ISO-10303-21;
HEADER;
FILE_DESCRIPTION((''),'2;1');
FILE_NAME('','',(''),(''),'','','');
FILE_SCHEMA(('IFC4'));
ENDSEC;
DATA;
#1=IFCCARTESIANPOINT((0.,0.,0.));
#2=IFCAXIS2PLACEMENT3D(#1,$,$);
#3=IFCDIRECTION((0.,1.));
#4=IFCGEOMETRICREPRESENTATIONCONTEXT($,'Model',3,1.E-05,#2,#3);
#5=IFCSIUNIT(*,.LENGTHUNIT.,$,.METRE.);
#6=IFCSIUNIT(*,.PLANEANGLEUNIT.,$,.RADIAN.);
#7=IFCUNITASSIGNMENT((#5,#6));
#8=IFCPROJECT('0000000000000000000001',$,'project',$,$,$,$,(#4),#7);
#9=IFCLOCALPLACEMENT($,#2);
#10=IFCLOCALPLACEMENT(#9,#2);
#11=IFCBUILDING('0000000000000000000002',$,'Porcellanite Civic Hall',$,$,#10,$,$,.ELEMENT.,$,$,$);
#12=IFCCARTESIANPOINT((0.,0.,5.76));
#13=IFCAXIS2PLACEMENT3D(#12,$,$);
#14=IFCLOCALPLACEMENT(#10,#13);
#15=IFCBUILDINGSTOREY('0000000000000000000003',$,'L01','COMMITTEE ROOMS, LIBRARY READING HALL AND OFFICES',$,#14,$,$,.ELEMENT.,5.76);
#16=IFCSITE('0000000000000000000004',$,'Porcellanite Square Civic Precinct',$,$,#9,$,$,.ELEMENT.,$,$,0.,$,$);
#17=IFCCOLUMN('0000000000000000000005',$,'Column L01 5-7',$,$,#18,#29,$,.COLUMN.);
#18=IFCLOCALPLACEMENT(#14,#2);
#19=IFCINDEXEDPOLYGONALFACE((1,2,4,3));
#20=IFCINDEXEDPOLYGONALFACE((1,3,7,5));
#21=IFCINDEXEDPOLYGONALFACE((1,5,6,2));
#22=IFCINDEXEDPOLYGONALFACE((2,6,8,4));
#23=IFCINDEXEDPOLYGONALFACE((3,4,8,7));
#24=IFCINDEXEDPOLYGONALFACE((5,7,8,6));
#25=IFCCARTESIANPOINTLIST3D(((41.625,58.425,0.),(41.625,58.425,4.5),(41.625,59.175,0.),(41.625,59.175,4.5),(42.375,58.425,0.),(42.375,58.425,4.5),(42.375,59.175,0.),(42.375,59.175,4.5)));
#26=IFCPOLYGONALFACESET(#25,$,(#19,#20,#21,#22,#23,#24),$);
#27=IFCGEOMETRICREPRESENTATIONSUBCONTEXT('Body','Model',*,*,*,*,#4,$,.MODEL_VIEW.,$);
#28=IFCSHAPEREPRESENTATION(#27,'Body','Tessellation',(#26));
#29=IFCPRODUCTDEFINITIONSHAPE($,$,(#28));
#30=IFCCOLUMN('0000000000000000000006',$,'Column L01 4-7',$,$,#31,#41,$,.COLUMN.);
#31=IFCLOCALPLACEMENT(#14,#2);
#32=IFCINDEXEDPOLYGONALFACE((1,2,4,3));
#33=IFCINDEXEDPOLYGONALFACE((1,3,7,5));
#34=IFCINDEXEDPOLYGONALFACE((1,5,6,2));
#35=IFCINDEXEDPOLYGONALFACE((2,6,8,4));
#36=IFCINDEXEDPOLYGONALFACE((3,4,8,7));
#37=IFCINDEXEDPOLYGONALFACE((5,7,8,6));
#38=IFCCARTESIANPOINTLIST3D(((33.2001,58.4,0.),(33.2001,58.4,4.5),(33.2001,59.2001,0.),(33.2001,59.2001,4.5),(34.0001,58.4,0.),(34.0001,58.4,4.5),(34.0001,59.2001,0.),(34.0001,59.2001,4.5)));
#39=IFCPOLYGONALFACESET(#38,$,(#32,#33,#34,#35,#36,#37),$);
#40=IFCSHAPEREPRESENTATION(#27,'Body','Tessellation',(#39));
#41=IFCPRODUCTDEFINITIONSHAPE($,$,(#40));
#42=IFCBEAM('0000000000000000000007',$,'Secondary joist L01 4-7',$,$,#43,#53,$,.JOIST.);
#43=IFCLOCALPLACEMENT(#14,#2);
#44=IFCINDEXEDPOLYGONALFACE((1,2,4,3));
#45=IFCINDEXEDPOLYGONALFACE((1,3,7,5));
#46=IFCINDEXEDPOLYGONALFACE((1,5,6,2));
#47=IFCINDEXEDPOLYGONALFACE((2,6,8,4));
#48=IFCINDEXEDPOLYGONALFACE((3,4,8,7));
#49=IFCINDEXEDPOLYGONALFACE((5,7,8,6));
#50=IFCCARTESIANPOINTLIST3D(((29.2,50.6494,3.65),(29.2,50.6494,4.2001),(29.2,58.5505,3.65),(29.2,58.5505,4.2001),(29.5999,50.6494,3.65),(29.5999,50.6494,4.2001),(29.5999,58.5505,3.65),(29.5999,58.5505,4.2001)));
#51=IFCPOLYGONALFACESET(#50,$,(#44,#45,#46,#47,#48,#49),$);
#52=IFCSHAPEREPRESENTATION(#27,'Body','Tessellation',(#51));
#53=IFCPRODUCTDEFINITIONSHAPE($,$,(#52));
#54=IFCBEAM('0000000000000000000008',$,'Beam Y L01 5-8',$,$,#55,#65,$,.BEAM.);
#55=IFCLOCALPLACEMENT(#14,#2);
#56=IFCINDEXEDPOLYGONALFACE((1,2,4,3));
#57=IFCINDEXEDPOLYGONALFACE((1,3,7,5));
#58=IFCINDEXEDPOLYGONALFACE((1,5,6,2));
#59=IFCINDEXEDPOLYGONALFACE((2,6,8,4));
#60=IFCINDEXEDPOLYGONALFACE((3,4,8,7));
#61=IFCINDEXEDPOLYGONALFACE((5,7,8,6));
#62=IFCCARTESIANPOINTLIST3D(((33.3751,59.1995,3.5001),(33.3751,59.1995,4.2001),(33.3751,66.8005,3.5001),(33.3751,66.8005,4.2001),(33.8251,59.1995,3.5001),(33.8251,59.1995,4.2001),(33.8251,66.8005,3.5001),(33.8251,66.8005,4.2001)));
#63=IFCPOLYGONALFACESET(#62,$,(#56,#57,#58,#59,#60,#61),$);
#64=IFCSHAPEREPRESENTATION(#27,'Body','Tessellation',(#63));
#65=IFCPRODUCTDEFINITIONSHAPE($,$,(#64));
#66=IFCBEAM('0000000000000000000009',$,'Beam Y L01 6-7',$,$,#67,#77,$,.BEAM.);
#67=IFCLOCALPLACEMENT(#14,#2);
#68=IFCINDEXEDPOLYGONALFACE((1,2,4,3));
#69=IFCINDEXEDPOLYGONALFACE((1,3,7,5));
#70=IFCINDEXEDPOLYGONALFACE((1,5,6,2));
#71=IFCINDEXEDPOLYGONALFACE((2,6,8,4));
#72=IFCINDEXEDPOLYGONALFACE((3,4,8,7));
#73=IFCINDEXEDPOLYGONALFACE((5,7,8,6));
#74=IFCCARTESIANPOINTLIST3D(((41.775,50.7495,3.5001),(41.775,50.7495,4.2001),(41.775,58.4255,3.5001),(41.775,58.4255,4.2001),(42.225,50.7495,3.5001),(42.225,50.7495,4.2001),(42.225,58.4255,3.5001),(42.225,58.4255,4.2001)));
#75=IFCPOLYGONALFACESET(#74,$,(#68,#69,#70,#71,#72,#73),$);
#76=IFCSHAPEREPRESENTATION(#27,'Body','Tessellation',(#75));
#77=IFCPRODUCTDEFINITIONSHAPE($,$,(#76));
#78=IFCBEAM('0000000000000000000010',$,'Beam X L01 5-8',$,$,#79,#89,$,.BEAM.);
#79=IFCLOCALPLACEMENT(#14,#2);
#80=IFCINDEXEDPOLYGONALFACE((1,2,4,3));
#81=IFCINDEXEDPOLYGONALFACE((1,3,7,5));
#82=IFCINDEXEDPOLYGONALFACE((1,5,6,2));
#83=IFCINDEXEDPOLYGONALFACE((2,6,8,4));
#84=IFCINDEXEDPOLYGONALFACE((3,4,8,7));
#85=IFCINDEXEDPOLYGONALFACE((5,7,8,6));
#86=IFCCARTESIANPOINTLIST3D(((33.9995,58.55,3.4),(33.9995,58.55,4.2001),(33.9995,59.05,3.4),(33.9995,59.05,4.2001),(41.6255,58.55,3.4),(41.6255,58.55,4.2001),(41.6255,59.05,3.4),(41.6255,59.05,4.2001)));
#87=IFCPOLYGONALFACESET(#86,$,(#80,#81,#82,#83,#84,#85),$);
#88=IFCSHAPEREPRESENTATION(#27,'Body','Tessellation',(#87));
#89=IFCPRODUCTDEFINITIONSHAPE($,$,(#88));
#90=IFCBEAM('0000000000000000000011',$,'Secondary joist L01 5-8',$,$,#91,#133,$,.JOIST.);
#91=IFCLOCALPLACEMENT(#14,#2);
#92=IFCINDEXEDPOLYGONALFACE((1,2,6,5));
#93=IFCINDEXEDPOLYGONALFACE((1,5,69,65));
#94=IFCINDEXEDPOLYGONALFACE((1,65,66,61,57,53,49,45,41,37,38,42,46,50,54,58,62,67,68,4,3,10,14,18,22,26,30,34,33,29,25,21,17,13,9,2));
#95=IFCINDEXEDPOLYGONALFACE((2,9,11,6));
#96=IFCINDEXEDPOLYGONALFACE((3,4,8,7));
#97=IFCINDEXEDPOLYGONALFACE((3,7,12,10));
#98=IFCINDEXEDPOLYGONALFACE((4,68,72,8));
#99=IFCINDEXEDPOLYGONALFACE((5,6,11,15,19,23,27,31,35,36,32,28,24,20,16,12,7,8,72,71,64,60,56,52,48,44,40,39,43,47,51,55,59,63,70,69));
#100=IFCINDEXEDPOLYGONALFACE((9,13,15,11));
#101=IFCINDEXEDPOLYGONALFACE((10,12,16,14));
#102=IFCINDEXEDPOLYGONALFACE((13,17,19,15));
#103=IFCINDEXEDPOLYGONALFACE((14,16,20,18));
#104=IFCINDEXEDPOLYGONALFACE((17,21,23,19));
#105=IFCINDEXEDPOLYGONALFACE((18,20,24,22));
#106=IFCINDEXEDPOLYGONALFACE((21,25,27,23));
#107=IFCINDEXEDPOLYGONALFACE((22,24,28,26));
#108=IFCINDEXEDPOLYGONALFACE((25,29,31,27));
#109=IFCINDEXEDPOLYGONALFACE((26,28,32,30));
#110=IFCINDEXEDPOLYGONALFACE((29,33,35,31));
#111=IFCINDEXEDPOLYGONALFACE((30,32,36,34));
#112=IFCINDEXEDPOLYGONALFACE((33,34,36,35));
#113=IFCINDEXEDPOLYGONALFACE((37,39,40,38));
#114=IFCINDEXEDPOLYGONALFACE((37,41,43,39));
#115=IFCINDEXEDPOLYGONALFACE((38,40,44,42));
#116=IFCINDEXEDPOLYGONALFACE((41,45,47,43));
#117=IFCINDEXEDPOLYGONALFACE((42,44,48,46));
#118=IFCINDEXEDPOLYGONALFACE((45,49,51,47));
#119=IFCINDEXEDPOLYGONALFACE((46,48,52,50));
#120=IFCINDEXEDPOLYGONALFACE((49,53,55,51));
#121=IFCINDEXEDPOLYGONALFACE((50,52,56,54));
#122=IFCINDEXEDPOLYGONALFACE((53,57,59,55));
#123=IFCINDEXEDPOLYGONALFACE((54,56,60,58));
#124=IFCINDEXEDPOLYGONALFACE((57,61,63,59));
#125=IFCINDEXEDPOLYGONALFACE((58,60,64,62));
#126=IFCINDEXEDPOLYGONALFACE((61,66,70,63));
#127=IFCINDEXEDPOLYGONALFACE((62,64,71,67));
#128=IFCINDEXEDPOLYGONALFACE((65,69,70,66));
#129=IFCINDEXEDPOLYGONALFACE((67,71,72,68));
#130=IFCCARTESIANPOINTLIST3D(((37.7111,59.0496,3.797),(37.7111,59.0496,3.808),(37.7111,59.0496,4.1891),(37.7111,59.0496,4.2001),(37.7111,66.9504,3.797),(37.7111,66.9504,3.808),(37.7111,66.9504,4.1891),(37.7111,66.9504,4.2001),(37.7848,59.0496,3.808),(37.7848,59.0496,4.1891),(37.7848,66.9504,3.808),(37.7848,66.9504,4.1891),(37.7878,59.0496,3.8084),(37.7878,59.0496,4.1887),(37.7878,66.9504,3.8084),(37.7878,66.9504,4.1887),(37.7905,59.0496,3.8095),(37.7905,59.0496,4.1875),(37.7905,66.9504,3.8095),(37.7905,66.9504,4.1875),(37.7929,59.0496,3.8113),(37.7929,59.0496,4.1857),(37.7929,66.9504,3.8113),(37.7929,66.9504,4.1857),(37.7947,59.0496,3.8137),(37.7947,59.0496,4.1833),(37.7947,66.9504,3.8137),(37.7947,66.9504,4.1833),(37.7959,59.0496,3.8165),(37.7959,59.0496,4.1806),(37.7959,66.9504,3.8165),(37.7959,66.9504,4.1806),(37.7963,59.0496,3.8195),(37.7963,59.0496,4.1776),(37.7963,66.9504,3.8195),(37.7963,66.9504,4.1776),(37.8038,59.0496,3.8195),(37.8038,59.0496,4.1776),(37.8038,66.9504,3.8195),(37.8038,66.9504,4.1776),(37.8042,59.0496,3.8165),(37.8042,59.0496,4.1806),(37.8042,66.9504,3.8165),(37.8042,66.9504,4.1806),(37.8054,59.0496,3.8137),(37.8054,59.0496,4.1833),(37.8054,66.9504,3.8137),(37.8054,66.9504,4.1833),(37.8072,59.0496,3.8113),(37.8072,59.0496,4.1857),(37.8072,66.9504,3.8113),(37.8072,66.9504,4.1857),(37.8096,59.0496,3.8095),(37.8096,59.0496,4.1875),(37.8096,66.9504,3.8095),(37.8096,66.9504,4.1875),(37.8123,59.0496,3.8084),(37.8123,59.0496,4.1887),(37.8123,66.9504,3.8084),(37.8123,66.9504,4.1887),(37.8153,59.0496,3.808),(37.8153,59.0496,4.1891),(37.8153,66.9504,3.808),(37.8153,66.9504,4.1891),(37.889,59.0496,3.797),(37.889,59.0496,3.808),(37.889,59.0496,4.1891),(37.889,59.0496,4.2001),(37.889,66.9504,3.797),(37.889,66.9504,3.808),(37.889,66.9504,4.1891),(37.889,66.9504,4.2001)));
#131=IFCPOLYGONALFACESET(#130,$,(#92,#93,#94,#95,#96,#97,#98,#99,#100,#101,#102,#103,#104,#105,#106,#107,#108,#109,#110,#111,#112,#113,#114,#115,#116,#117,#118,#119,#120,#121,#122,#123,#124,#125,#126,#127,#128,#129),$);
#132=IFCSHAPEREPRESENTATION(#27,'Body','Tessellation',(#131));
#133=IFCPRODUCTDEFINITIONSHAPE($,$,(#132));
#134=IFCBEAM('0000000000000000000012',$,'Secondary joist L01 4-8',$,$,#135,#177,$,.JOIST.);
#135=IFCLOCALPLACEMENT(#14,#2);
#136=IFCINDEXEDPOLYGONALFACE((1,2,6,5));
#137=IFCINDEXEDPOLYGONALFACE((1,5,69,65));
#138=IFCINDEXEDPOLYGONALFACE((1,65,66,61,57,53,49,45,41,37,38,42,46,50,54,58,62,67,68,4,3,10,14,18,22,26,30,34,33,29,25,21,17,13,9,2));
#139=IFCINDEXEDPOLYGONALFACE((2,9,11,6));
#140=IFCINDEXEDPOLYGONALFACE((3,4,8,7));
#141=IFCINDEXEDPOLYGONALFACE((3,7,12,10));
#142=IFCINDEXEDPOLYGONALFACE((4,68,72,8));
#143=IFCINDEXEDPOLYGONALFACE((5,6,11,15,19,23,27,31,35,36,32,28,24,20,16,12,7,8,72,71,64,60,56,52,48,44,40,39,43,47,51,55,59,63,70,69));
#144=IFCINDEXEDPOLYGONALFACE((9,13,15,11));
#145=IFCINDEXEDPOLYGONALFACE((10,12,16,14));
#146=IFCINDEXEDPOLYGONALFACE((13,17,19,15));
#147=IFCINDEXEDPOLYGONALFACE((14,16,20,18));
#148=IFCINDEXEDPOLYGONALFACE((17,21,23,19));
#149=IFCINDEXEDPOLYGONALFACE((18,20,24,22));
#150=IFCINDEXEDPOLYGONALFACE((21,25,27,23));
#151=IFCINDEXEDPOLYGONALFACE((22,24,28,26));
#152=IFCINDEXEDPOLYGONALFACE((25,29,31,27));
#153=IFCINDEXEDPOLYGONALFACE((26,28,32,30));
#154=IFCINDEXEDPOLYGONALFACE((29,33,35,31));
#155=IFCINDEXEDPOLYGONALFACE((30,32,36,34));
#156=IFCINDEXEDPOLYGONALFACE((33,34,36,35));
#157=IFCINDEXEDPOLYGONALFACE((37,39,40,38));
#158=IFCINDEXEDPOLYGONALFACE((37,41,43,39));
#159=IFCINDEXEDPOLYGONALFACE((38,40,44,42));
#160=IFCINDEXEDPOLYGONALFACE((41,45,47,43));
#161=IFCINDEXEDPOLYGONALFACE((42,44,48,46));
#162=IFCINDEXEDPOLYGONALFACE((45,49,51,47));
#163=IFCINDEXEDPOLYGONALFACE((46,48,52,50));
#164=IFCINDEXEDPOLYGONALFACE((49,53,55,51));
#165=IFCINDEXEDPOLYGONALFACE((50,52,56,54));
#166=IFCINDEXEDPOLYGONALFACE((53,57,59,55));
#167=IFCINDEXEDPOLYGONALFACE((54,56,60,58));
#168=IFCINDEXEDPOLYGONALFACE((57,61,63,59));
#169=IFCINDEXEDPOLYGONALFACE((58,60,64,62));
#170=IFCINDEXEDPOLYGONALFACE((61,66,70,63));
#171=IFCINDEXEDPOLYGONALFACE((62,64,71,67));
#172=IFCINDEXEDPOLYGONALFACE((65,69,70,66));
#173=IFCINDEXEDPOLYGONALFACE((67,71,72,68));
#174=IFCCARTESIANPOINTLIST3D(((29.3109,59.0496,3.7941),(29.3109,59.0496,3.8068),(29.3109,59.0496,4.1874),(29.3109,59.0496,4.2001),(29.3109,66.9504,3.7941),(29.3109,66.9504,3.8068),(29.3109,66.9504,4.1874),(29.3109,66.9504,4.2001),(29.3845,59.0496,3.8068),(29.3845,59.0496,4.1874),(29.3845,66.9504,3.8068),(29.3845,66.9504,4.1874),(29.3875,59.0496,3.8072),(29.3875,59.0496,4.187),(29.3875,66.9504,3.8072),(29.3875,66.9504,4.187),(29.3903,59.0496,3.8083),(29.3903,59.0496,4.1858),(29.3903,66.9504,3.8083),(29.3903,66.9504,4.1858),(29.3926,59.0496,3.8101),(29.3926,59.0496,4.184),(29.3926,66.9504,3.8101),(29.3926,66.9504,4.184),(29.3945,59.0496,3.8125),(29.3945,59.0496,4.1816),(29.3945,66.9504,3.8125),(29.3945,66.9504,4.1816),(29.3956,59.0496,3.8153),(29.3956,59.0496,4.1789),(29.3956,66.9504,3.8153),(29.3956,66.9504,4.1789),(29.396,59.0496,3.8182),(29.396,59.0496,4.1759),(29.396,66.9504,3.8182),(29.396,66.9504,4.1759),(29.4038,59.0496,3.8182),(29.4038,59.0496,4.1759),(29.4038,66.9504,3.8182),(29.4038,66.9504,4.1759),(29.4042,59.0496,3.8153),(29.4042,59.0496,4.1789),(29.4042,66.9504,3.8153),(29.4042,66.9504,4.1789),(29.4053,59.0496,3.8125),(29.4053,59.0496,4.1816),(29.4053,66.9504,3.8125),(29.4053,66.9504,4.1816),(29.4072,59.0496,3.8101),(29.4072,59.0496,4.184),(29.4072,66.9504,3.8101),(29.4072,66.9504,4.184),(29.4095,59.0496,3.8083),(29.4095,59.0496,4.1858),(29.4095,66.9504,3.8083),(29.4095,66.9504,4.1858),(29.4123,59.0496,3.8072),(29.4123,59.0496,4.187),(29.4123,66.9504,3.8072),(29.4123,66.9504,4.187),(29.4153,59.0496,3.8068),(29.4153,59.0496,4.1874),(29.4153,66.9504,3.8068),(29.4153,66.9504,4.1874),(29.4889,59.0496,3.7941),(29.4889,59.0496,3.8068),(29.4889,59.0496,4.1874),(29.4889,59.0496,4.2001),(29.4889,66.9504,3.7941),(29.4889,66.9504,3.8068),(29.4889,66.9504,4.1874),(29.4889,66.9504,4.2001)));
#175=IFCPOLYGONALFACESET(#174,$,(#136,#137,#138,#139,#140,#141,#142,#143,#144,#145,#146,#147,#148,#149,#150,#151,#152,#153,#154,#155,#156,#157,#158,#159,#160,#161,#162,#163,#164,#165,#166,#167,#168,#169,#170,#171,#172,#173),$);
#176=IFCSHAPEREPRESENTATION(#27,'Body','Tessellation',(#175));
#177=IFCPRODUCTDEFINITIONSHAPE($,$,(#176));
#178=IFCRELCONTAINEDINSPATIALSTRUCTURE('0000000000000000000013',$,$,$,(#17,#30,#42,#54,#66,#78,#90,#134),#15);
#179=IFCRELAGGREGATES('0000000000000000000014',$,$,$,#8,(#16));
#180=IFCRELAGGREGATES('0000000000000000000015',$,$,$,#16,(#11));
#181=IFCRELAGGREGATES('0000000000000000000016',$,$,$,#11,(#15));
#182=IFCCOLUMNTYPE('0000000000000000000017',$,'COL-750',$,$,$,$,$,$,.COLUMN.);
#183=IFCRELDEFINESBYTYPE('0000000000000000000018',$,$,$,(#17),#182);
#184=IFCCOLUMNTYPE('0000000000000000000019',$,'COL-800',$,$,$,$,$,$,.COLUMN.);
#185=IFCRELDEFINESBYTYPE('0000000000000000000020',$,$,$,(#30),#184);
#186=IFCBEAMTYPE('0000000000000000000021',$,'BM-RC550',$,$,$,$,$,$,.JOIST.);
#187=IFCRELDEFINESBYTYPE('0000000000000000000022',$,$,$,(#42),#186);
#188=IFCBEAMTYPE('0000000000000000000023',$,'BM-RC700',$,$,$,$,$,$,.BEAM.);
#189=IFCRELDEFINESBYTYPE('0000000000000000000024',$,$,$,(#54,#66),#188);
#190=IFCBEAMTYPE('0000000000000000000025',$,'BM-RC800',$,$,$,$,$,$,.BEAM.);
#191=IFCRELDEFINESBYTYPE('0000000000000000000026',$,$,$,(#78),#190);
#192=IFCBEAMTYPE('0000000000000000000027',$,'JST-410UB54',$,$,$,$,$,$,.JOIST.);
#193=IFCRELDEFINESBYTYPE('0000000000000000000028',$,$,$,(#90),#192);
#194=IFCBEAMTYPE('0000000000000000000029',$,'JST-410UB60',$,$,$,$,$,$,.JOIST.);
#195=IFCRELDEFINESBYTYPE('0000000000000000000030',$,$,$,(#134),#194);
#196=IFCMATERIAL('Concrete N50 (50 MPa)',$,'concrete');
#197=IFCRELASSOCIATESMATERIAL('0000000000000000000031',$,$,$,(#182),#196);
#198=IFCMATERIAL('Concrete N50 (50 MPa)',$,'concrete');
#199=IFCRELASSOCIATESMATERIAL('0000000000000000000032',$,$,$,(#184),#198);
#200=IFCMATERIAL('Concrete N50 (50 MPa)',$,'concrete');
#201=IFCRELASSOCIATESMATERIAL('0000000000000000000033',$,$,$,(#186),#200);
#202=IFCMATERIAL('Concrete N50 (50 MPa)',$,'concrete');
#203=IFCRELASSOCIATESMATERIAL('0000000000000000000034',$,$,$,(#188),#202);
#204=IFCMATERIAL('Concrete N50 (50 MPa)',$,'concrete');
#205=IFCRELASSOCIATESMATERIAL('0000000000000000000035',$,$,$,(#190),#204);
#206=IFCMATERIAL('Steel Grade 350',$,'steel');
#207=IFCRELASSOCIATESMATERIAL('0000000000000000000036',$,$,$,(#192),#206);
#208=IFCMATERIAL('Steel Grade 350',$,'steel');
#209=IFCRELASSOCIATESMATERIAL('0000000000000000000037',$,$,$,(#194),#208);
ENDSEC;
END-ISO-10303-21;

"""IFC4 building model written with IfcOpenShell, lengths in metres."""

from ifc_helpers import new_model, si_unit, direction, frame, origin, origin_2d, place, context, subcontext, project, spatial, rectangle, i_section, extrude, material, material_profile, profile_set, type_object, element, save


model = new_model("IFC4")

# Units and contexts
model_context = context("Model", 3, precision=1e-05, world=origin(), true_north=direction((0.0, 1.0)))
body_context = subcontext(model_context, "Body", "Model", "MODEL_VIEW")
ifc_project = project(units=[si_unit("LENGTHUNIT", "METRE"), si_unit("PLANEANGLEUNIT", "RADIAN")], contexts=[model_context])

# Site, building, storey
site_placement = place(None, origin())
site = spatial("IfcSite", under=ifc_project, at=site_placement, Name="Porcellanite Square Civic Precinct", CompositionType="ELEMENT", RefElevation=0.0)
building_placement = place(site_placement, origin())
building = spatial("IfcBuilding", under=site, at=building_placement, Name="Porcellanite Civic Hall", CompositionType="ELEMENT")
storey_placement = place(building_placement, frame((0.0, 0.0, 5.76)))
storey = spatial("IfcBuildingStorey", under=building, at=storey_placement, Name="L01", Description="COMMITTEE ROOMS, LIBRARY READING HALL AND OFFICES", CompositionType="ELEMENT", Elevation=5.76)

# Columns
ifc_material_1 = material(Name="Concrete N50 (50 MPa)", Category="concrete")
ifc_material_profile_1 = material_profile(ifc_material_1, rectangle(XDim=0.75, YDim=0.75, at=origin_2d()), Name="RC-750x750")
ifc_profile_set_1 = profile_set([ifc_material_profile_1], Name="Concrete N50 (50 MPa)")
column_type_1 = type_object("IfcColumnType", Name="COL-750", PredefinedType="COLUMN", material=ifc_profile_set_1)
column_1_placement = place(storey_placement, frame((42.0, 58.8, 0.0), z_axis=(0.0, 0.0, 1.0), x_axis=(1.0, 0.0, 0.0)))
element("IfcColumn", 1, at=column_1_placement, inside=storey, type_object=column_type_1, Name="Column L01 5-7", PredefinedType="COLUMN", context=body_context, shape_type="SweptSolid", body=[
    extrude(rectangle(XDim=0.75, YDim=0.75, at=origin_2d()), origin(), (0.0, 0.0, 1.0), 4.5),
])
ifc_material_2 = material(Name="Concrete N50 (50 MPa)", Category="concrete")
ifc_material_profile_2 = material_profile(ifc_material_2, rectangle(XDim=0.8, YDim=0.8, at=origin_2d()), Name="RC-800x800")
ifc_profile_set_2 = profile_set([ifc_material_profile_2], Name="Concrete N50 (50 MPa)")
column_type_2 = type_object("IfcColumnType", Name="COL-800", PredefinedType="COLUMN", material=ifc_profile_set_2)
column_2_placement = place(storey_placement, frame((33.6001, 58.8, 0.0), z_axis=(0.0, 0.0, 1.0), x_axis=(1.0, 0.0, 0.0)))
element("IfcColumn", 2, at=column_2_placement, inside=storey, type_object=column_type_2, Name="Column L01 4-7", PredefinedType="COLUMN", context=body_context, shape_type="SweptSolid", body=[
    extrude(rectangle(XDim=0.8, YDim=0.8, at=origin_2d()), origin(), (0.0, 0.0, 1.0), 4.5),
])

# Beams
ifc_material_3 = material(Name="Concrete N50 (50 MPa)", Category="concrete")
ifc_material_profile_3 = material_profile(ifc_material_3, rectangle(XDim=0.3999, YDim=0.55, at=origin_2d()), Name="RC-400x550")
ifc_profile_set_3 = profile_set([ifc_material_profile_3], Name="Concrete N50 (50 MPa)")
beam_type_1 = type_object("IfcBeamType", Name="BM-RC550", PredefinedType="JOIST", material=ifc_profile_set_3)
beam_1_placement = place(storey_placement, frame((29.3999, 50.6494, 3.925), z_axis=(0.0, 1.0, 0.0), x_axis=(-1.0, 0.0, 0.0)))
element("IfcBeam", 3, at=beam_1_placement, inside=storey, type_object=beam_type_1, Name="Secondary joist L01 4-7", PredefinedType="JOIST", context=body_context, shape_type="SweptSolid", body=[
    extrude(rectangle(XDim=0.3999, YDim=0.55, at=origin_2d()), origin(), (0.0, 0.0, 1.0), 7.9011),
])
ifc_material_4 = material(Name="Concrete N50 (50 MPa)", Category="concrete")
ifc_material_profile_4 = material_profile(ifc_material_4, rectangle(XDim=0.45, YDim=0.7, at=origin_2d()), Name="RC-450x700")
ifc_profile_set_4 = profile_set([ifc_material_profile_4], Name="Concrete N50 (50 MPa)")
beam_type_2 = type_object("IfcBeamType", Name="BM-RC700", PredefinedType="BEAM", material=ifc_profile_set_4)
beam_2_placement = place(storey_placement, frame((33.6001, 59.1995, 3.8501), z_axis=(0.0, 1.0, 0.0), x_axis=(-1.0, 0.0, 0.0)))
element("IfcBeam", 4, at=beam_2_placement, inside=storey, type_object=beam_type_2, Name="Beam Y L01 5-8", PredefinedType="BEAM", context=body_context, shape_type="SweptSolid", body=[
    extrude(rectangle(XDim=0.45, YDim=0.7, at=origin_2d()), origin(), (0.0, 0.0, 1.0), 7.6011),
])
beam_3_placement = place(storey_placement, frame((42.0, 50.7495, 3.8501), z_axis=(0.0, 1.0, 0.0), x_axis=(-1.0, 0.0, 0.0)))
element("IfcBeam", 5, at=beam_3_placement, inside=storey, type_object=beam_type_2, Name="Beam Y L01 6-7", PredefinedType="BEAM", context=body_context, shape_type="SweptSolid", body=[
    extrude(rectangle(XDim=0.45, YDim=0.7, at=origin_2d()), origin(), (0.0, 0.0, 1.0), 7.676),
])
ifc_material_5 = material(Name="Concrete N50 (50 MPa)", Category="concrete")
ifc_material_profile_5 = material_profile(ifc_material_5, rectangle(XDim=0.5, YDim=0.8, at=origin_2d()), Name="RC-500x800")
ifc_profile_set_5 = profile_set([ifc_material_profile_5], Name="Concrete N50 (50 MPa)")
beam_type_3 = type_object("IfcBeamType", Name="BM-RC800", PredefinedType="BEAM", material=ifc_profile_set_5)
beam_4_placement = place(storey_placement, frame((33.9995, 58.8, 3.8), z_axis=(1.0, 0.0, 0.0), x_axis=(0.0, 1.0, 0.0)))
element("IfcBeam", 6, at=beam_4_placement, inside=storey, type_object=beam_type_3, Name="Beam X L01 5-8", PredefinedType="BEAM", context=body_context, shape_type="SweptSolid", body=[
    extrude(rectangle(XDim=0.5, YDim=0.8, at=origin_2d()), origin(), (0.0, 0.0, 1.0), 7.626),
])
ifc_material_6 = material(Name="Steel Grade 350", Category="steel")
ifc_material_profile_6 = material_profile(ifc_material_6, i_section(OverallWidth=0.178, OverallDepth=0.4031, WebThickness=0.0076, FlangeThickness=0.011, FilletRadius=0.0115, at=origin_2d()), Name="410UB53.7")
ifc_profile_set_6 = profile_set([ifc_material_profile_6], Name="Steel Grade 350")
beam_type_4 = type_object("IfcBeamType", Name="JST-410UB54", PredefinedType="JOIST", material=ifc_profile_set_6)
beam_5_placement = place(storey_placement, frame((37.8, 59.0496, 3.9985), z_axis=(0.0, 1.0, 0.0), x_axis=(-1.0, 0.0, 0.0)))
element("IfcBeam", 7, at=beam_5_placement, inside=storey, type_object=beam_type_4, Name="Secondary joist L01 5-8", PredefinedType="JOIST", context=body_context, shape_type="SweptSolid", body=[
    extrude(i_section(OverallWidth=0.178, OverallDepth=0.4031, WebThickness=0.0076, FlangeThickness=0.011, FilletRadius=0.0115, at=origin_2d()), origin(), (0.0, 0.0, 1.0), 7.9009),
])
ifc_material_7 = material(Name="Steel Grade 350", Category="steel")
ifc_material_profile_7 = material_profile(ifc_material_7, i_section(OverallWidth=0.178, OverallDepth=0.406, WebThickness=0.0078, FlangeThickness=0.0127, FilletRadius=0.0115, at=origin_2d()), Name="410UB59.7")
ifc_profile_set_7 = profile_set([ifc_material_profile_7], Name="Steel Grade 350")
beam_type_5 = type_object("IfcBeamType", Name="JST-410UB60", PredefinedType="JOIST", material=ifc_profile_set_7)
beam_6_placement = place(storey_placement, frame((29.3999, 59.0496, 3.9971), z_axis=(0.0, 1.0, 0.0), x_axis=(-1.0, 0.0, 0.0)))
element("IfcBeam", 8, at=beam_6_placement, inside=storey, type_object=beam_type_5, Name="Secondary joist L01 4-8", PredefinedType="JOIST", context=body_context, shape_type="SweptSolid", body=[
    extrude(i_section(OverallWidth=0.178, OverallDepth=0.406, WebThickness=0.0078, FlangeThickness=0.0127, FilletRadius=0.0115, at=origin_2d()), origin(), (0.0, 0.0, 1.0), 7.9009),
])

save(model, "model.ifc")
